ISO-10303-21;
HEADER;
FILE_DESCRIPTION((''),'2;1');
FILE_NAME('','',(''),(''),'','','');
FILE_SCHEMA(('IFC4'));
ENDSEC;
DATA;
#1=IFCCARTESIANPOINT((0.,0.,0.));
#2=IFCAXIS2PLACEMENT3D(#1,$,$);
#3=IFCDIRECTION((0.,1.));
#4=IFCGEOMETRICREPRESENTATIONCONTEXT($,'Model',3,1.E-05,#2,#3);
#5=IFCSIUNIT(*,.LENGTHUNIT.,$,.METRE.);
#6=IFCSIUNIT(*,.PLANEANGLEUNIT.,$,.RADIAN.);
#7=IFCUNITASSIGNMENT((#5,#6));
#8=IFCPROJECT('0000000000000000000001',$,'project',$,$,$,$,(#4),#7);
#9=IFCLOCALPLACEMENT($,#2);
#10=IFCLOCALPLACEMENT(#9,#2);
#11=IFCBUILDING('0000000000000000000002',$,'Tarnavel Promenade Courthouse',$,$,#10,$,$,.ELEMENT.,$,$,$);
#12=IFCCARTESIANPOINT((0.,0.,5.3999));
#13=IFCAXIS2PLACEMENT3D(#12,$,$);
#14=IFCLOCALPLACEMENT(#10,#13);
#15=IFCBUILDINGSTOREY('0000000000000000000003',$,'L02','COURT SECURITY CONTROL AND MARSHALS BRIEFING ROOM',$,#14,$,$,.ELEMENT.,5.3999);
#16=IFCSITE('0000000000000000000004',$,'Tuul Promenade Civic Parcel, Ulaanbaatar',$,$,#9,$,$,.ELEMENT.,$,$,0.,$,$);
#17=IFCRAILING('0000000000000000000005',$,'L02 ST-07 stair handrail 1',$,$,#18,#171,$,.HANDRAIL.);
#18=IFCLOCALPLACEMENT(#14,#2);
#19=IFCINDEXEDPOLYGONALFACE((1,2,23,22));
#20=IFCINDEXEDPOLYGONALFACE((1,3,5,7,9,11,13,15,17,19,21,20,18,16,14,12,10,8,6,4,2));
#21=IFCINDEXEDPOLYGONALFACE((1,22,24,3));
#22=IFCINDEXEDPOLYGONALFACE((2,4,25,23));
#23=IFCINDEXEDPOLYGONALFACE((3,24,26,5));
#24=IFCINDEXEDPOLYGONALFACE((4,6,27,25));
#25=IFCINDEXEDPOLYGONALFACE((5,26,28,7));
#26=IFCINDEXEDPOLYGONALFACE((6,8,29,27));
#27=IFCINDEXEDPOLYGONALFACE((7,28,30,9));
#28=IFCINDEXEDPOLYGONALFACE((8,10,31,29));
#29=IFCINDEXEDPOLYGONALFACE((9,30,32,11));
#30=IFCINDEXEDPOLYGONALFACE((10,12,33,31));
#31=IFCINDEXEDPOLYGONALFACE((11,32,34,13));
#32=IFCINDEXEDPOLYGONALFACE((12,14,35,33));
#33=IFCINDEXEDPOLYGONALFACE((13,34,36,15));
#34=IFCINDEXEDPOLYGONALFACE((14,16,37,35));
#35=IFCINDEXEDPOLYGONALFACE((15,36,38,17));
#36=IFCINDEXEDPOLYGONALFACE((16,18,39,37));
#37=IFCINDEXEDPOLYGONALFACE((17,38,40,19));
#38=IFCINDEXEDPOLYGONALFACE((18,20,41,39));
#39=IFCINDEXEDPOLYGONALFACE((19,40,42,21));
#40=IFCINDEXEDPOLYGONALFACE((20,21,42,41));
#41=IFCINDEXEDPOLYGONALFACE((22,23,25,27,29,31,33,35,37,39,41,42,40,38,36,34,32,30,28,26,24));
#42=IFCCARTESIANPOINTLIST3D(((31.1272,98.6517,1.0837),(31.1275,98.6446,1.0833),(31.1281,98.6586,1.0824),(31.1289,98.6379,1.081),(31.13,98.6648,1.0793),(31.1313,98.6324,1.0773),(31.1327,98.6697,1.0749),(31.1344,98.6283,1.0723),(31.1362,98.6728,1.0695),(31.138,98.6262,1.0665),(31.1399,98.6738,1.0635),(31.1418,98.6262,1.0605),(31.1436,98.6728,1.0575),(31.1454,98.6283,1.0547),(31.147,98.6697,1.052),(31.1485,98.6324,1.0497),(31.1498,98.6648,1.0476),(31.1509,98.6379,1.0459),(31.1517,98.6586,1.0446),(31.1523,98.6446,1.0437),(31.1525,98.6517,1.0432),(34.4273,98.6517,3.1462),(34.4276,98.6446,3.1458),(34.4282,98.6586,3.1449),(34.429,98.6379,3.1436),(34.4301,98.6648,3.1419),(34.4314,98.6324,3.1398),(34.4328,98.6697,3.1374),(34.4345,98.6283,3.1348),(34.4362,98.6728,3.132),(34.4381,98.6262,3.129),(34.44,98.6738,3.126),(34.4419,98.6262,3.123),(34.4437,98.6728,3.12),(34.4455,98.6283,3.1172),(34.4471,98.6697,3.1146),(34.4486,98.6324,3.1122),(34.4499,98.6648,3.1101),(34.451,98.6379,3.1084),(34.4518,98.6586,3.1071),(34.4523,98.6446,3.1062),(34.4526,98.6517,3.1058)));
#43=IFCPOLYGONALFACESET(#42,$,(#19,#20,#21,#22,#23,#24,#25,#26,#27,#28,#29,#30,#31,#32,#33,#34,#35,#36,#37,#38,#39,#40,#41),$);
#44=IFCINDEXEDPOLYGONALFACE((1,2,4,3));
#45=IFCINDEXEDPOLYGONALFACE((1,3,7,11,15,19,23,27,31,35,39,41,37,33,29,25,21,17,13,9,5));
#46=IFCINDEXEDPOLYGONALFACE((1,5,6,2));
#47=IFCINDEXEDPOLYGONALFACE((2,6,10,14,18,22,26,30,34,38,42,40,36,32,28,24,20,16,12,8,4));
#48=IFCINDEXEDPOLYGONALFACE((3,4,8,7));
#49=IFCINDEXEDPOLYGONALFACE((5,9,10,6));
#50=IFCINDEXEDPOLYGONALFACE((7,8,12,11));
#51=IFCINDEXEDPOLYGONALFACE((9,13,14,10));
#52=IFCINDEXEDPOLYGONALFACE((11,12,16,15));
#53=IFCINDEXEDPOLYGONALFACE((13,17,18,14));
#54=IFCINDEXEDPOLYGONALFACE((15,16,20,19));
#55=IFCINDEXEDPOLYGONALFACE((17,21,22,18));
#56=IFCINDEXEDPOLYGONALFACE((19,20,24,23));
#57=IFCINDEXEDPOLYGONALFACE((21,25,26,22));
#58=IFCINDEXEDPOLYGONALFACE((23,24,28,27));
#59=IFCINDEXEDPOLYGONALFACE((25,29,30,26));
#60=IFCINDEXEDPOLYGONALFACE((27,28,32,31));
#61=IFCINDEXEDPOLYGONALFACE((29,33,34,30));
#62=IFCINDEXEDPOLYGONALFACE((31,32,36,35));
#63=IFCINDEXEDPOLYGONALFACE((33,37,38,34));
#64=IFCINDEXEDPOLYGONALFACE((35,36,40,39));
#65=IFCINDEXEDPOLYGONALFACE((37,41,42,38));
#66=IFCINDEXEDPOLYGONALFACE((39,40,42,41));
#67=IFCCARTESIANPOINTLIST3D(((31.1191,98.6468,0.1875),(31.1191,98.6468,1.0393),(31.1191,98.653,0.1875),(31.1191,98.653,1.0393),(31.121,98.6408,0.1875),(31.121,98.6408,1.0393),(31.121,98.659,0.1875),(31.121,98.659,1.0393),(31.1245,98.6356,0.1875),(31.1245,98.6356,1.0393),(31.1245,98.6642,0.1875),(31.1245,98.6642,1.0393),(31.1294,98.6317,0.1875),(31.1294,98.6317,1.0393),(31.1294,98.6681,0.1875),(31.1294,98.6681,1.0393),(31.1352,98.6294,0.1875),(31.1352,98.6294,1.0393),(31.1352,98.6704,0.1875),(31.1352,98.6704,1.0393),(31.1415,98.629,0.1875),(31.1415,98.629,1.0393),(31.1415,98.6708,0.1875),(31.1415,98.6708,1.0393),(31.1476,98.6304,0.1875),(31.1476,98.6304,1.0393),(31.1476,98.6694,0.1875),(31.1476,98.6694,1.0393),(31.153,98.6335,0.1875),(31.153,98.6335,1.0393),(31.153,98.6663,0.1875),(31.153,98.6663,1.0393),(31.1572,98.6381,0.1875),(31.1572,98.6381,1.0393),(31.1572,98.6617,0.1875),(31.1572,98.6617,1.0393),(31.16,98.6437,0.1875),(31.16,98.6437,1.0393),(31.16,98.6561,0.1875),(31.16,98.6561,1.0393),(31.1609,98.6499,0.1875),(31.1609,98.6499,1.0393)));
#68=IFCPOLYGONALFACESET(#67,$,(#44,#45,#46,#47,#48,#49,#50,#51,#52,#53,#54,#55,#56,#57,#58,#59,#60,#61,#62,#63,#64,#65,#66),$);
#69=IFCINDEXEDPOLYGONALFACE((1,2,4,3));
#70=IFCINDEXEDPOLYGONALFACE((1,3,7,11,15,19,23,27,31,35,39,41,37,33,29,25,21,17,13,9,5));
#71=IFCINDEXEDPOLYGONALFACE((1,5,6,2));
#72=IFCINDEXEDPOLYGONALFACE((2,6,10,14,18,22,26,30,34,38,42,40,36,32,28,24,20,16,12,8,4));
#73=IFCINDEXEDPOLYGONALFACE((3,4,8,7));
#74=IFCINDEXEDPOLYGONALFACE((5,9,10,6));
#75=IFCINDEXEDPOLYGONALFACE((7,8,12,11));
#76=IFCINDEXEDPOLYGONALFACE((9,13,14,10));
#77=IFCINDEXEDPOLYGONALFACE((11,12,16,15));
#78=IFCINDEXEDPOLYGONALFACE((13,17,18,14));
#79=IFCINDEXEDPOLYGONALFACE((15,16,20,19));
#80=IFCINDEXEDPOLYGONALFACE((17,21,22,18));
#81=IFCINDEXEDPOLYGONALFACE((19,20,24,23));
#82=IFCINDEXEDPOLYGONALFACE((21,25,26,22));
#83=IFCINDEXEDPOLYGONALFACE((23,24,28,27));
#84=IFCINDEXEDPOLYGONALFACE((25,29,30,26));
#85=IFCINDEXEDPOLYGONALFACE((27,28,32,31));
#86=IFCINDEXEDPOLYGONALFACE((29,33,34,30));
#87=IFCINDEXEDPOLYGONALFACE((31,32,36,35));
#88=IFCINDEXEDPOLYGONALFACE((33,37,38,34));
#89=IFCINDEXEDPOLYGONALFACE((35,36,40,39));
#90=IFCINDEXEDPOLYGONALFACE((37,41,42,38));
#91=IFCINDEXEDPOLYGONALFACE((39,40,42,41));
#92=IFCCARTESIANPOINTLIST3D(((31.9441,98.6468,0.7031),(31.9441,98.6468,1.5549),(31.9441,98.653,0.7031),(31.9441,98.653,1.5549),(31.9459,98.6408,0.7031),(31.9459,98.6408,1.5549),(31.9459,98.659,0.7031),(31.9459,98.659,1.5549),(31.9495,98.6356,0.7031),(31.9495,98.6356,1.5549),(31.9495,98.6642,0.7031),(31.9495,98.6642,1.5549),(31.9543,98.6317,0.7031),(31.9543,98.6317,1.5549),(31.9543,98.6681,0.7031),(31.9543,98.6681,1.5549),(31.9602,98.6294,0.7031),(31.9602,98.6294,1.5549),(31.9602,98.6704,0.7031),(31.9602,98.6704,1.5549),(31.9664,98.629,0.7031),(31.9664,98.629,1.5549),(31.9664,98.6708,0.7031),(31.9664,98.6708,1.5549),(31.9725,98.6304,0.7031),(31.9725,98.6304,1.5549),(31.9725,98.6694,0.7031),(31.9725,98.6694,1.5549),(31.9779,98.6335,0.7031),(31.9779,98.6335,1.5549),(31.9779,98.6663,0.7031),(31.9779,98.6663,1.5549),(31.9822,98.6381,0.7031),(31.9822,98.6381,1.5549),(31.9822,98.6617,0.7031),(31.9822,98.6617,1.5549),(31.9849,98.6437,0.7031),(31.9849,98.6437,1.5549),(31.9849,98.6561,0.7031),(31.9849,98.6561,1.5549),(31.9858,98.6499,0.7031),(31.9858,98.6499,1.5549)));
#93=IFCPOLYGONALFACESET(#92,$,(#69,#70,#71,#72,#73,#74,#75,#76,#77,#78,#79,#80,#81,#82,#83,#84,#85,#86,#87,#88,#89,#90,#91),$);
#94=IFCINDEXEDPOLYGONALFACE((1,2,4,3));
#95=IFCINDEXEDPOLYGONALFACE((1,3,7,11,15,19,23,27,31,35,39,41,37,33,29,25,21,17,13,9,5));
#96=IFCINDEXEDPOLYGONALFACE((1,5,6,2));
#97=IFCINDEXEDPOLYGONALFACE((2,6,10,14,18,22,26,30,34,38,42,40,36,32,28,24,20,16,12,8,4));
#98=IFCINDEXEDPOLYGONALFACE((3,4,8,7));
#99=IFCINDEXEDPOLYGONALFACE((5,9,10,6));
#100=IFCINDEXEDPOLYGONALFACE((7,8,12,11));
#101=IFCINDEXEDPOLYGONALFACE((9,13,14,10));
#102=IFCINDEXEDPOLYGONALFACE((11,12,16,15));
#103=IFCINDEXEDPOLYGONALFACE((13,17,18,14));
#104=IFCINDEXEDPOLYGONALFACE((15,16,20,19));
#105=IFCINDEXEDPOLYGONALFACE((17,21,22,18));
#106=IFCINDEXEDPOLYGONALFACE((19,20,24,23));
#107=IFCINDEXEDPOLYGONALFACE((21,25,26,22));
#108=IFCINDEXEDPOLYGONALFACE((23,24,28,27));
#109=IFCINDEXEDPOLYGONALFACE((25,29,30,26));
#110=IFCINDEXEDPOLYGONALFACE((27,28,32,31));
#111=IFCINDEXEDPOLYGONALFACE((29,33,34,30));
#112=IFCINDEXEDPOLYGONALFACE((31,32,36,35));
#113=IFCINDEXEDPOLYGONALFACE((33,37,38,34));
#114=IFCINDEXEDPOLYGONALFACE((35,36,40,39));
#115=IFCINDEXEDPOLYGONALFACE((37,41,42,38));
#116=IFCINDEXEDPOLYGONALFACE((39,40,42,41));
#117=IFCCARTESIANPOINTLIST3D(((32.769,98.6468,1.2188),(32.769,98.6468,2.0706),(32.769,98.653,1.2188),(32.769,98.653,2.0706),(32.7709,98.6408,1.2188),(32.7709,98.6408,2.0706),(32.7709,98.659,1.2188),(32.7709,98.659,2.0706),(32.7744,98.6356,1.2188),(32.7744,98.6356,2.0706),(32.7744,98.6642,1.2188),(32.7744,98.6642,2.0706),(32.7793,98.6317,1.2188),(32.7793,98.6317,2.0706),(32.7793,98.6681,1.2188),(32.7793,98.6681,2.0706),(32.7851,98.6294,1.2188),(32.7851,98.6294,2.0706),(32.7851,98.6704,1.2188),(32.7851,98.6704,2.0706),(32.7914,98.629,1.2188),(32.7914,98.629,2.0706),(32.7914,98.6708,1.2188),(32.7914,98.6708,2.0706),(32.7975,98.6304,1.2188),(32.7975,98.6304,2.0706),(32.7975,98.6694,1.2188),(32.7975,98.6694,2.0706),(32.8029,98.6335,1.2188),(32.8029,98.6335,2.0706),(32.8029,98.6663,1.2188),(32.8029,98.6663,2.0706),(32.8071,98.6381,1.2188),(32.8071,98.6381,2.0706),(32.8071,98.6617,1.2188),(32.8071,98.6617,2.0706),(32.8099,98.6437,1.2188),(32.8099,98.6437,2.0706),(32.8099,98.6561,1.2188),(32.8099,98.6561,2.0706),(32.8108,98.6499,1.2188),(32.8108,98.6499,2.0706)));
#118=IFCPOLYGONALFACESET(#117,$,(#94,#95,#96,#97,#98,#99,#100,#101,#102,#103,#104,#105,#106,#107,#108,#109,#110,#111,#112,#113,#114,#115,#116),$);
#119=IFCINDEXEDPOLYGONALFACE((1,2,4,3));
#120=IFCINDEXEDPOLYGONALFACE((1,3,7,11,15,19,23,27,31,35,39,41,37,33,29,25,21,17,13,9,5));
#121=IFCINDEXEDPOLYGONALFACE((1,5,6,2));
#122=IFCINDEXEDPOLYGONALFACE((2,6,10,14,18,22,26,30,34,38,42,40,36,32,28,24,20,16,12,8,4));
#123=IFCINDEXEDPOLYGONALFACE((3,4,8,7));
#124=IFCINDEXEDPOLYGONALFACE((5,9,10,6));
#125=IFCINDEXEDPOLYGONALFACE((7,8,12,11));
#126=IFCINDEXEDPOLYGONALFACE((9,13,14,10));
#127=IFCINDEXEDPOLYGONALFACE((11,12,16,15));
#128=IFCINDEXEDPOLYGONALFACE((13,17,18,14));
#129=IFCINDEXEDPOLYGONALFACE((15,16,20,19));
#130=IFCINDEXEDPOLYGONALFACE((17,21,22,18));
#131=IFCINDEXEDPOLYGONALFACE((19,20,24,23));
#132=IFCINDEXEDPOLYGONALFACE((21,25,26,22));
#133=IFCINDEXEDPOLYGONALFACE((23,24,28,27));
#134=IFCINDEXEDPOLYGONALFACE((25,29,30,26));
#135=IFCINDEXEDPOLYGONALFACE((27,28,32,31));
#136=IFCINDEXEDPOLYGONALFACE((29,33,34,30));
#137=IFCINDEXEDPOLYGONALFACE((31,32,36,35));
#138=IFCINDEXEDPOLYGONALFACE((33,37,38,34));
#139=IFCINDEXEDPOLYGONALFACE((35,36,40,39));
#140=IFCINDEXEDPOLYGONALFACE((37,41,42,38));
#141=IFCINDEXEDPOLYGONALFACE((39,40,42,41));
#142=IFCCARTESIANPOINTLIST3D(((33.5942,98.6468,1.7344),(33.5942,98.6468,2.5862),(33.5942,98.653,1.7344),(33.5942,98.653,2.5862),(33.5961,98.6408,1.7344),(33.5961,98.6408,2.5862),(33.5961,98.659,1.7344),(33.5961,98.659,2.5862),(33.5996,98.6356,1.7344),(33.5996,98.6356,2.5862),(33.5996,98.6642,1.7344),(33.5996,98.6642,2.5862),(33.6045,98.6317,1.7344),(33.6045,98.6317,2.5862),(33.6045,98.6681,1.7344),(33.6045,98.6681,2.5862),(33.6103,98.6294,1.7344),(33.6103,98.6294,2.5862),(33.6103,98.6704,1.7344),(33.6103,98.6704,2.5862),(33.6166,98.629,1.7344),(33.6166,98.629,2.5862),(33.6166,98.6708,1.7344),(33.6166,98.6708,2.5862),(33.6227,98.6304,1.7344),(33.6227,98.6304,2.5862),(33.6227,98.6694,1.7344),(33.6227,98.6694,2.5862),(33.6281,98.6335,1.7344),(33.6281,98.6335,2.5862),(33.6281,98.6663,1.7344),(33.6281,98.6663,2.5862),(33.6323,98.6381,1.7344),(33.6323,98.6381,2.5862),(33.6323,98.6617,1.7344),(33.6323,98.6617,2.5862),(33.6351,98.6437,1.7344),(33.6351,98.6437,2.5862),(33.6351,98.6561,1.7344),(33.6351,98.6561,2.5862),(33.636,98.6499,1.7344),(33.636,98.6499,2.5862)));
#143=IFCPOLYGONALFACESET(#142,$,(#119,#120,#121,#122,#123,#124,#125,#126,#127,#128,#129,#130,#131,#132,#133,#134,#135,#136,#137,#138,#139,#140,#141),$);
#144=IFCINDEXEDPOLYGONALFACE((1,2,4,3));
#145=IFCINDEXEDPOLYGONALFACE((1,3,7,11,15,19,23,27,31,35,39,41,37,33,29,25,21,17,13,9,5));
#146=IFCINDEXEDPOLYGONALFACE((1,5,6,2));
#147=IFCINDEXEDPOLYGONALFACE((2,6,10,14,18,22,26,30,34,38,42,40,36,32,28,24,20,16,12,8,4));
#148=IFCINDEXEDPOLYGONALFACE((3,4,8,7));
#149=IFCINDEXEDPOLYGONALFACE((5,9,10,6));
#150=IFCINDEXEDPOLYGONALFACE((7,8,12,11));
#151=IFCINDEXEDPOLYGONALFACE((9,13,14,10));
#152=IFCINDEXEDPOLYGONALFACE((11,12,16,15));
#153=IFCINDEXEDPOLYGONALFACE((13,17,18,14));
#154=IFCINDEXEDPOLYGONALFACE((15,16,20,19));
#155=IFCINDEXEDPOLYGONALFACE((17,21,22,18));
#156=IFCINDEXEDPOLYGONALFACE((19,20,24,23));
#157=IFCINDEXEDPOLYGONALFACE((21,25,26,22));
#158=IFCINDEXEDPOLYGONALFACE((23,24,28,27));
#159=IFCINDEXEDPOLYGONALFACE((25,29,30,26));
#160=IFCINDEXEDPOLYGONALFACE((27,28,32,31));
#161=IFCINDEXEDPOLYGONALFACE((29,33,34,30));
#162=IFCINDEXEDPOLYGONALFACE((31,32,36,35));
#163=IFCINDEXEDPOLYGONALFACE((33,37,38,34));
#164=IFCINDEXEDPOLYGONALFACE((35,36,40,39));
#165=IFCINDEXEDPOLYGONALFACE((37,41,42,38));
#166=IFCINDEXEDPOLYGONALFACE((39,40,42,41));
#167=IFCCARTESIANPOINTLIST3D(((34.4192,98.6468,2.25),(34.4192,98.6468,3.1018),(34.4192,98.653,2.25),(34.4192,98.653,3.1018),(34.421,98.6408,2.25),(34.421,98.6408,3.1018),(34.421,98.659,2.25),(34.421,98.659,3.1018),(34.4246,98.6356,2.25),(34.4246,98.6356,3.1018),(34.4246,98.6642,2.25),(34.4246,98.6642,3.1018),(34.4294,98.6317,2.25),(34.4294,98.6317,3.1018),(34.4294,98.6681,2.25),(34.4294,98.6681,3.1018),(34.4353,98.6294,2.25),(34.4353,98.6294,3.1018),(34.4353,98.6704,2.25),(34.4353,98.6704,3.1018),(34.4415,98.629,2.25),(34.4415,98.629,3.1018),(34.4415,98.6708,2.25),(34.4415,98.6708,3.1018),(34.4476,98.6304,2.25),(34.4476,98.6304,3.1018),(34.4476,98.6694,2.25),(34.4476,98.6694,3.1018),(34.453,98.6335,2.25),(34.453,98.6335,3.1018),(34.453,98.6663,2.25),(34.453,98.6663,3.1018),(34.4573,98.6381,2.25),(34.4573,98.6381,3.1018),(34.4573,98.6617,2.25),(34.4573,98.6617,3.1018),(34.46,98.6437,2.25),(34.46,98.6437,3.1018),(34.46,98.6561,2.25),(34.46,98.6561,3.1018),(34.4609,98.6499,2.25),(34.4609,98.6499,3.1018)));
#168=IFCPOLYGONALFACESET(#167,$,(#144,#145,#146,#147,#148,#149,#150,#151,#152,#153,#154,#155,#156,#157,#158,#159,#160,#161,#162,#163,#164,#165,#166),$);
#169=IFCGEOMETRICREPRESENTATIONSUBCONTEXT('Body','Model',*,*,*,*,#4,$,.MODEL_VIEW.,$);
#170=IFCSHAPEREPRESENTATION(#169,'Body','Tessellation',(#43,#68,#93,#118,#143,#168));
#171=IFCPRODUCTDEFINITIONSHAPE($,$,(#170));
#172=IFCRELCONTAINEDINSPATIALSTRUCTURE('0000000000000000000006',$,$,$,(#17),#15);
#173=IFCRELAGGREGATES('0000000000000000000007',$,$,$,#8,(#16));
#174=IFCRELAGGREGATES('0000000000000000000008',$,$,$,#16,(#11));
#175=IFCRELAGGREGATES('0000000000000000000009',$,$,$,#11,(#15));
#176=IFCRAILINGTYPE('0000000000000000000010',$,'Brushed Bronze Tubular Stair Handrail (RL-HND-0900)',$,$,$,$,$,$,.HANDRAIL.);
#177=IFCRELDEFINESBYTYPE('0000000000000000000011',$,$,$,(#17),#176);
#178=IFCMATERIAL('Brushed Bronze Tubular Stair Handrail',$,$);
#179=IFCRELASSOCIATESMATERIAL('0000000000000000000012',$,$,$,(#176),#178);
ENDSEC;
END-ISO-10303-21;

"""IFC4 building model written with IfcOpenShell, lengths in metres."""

from ifc_helpers import new_model, si_unit, direction, frame, origin, origin_2d, place, context, subcontext, project, spatial, circle, extrude, material, type_object, element, save


model = new_model("IFC4")

# Units and contexts
model_context = context("Model", 3, precision=1e-05, world=origin(), true_north=direction((0.0, 1.0)))
body_context = subcontext(model_context, "Body", "Model", "MODEL_VIEW")
ifc_project = project(units=[si_unit("LENGTHUNIT", "METRE"), si_unit("PLANEANGLEUNIT", "RADIAN")], contexts=[model_context])

# Site, building, storey
site_placement = place(None, origin())
site = spatial("IfcSite", under=ifc_project, at=site_placement, Name="Tuul Promenade Civic Parcel, Ulaanbaatar", CompositionType="ELEMENT", RefElevation=0.0)
building_placement = place(site_placement, origin())
building = spatial("IfcBuilding", under=site, at=building_placement, Name="Tarnavel Promenade Courthouse", CompositionType="ELEMENT")
storey_placement = place(building_placement, frame((0.0, 0.0, 5.3999)))
storey = spatial("IfcBuildingStorey", under=building, at=storey_placement, Name="L02", Description="COURT SECURITY CONTROL AND MARSHALS BRIEFING ROOM", CompositionType="ELEMENT", Elevation=5.3999)

# Railing
ifc_material_1 = material(Name="Brushed Bronze Tubular Stair Handrail")
railing_type_1 = type_object("IfcRailingType", Name="Brushed Bronze Tubular Stair Handrail (RL-HND-0900)", PredefinedType="HANDRAIL", material=ifc_material_1)
railing_1_placement = place(storey_placement, frame((31.1399, 98.6499, 0.1875)))
element("IfcRailing", 1, at=railing_1_placement, inside=storey, type_object=railing_type_1, Name="L02 ST-07 stair handrail 1", PredefinedType="HANDRAIL", context=body_context, shape_type="SweptSolid", body=[
    extrude(circle(Radius=0.0239, at=origin_2d()), frame((0.0, 0.0, 0.876), z_axis=(0.848002, 0.0, 0.529993), x_axis=(0.0, 1.0, 0.0)), (0.0, 0.0, 1.0), 3.8916),
    extrude(circle(Radius=0.021, at=origin_2d()), origin(), (0.0, 0.0, 1.0), 0.8518),
    extrude(circle(Radius=0.021, at=origin_2d()), frame((0.825, 0.0, 0.5156)), (0.0, 0.0, 1.0), 0.8518),
    extrude(circle(Radius=0.021, at=origin_2d()), frame((1.6499, 0.0, 1.0312)), (0.0, 0.0, 1.0), 0.8518),
    extrude(circle(Radius=0.021, at=origin_2d()), frame((2.4751, 0.0, 1.5469)), (0.0, 0.0, 1.0), 0.8518),
    extrude(circle(Radius=0.021, at=origin_2d()), frame((3.3, 0.0, 2.0625)), (0.0, 0.0, 1.0), 0.8518),
])

save(model, "model.ifc")
